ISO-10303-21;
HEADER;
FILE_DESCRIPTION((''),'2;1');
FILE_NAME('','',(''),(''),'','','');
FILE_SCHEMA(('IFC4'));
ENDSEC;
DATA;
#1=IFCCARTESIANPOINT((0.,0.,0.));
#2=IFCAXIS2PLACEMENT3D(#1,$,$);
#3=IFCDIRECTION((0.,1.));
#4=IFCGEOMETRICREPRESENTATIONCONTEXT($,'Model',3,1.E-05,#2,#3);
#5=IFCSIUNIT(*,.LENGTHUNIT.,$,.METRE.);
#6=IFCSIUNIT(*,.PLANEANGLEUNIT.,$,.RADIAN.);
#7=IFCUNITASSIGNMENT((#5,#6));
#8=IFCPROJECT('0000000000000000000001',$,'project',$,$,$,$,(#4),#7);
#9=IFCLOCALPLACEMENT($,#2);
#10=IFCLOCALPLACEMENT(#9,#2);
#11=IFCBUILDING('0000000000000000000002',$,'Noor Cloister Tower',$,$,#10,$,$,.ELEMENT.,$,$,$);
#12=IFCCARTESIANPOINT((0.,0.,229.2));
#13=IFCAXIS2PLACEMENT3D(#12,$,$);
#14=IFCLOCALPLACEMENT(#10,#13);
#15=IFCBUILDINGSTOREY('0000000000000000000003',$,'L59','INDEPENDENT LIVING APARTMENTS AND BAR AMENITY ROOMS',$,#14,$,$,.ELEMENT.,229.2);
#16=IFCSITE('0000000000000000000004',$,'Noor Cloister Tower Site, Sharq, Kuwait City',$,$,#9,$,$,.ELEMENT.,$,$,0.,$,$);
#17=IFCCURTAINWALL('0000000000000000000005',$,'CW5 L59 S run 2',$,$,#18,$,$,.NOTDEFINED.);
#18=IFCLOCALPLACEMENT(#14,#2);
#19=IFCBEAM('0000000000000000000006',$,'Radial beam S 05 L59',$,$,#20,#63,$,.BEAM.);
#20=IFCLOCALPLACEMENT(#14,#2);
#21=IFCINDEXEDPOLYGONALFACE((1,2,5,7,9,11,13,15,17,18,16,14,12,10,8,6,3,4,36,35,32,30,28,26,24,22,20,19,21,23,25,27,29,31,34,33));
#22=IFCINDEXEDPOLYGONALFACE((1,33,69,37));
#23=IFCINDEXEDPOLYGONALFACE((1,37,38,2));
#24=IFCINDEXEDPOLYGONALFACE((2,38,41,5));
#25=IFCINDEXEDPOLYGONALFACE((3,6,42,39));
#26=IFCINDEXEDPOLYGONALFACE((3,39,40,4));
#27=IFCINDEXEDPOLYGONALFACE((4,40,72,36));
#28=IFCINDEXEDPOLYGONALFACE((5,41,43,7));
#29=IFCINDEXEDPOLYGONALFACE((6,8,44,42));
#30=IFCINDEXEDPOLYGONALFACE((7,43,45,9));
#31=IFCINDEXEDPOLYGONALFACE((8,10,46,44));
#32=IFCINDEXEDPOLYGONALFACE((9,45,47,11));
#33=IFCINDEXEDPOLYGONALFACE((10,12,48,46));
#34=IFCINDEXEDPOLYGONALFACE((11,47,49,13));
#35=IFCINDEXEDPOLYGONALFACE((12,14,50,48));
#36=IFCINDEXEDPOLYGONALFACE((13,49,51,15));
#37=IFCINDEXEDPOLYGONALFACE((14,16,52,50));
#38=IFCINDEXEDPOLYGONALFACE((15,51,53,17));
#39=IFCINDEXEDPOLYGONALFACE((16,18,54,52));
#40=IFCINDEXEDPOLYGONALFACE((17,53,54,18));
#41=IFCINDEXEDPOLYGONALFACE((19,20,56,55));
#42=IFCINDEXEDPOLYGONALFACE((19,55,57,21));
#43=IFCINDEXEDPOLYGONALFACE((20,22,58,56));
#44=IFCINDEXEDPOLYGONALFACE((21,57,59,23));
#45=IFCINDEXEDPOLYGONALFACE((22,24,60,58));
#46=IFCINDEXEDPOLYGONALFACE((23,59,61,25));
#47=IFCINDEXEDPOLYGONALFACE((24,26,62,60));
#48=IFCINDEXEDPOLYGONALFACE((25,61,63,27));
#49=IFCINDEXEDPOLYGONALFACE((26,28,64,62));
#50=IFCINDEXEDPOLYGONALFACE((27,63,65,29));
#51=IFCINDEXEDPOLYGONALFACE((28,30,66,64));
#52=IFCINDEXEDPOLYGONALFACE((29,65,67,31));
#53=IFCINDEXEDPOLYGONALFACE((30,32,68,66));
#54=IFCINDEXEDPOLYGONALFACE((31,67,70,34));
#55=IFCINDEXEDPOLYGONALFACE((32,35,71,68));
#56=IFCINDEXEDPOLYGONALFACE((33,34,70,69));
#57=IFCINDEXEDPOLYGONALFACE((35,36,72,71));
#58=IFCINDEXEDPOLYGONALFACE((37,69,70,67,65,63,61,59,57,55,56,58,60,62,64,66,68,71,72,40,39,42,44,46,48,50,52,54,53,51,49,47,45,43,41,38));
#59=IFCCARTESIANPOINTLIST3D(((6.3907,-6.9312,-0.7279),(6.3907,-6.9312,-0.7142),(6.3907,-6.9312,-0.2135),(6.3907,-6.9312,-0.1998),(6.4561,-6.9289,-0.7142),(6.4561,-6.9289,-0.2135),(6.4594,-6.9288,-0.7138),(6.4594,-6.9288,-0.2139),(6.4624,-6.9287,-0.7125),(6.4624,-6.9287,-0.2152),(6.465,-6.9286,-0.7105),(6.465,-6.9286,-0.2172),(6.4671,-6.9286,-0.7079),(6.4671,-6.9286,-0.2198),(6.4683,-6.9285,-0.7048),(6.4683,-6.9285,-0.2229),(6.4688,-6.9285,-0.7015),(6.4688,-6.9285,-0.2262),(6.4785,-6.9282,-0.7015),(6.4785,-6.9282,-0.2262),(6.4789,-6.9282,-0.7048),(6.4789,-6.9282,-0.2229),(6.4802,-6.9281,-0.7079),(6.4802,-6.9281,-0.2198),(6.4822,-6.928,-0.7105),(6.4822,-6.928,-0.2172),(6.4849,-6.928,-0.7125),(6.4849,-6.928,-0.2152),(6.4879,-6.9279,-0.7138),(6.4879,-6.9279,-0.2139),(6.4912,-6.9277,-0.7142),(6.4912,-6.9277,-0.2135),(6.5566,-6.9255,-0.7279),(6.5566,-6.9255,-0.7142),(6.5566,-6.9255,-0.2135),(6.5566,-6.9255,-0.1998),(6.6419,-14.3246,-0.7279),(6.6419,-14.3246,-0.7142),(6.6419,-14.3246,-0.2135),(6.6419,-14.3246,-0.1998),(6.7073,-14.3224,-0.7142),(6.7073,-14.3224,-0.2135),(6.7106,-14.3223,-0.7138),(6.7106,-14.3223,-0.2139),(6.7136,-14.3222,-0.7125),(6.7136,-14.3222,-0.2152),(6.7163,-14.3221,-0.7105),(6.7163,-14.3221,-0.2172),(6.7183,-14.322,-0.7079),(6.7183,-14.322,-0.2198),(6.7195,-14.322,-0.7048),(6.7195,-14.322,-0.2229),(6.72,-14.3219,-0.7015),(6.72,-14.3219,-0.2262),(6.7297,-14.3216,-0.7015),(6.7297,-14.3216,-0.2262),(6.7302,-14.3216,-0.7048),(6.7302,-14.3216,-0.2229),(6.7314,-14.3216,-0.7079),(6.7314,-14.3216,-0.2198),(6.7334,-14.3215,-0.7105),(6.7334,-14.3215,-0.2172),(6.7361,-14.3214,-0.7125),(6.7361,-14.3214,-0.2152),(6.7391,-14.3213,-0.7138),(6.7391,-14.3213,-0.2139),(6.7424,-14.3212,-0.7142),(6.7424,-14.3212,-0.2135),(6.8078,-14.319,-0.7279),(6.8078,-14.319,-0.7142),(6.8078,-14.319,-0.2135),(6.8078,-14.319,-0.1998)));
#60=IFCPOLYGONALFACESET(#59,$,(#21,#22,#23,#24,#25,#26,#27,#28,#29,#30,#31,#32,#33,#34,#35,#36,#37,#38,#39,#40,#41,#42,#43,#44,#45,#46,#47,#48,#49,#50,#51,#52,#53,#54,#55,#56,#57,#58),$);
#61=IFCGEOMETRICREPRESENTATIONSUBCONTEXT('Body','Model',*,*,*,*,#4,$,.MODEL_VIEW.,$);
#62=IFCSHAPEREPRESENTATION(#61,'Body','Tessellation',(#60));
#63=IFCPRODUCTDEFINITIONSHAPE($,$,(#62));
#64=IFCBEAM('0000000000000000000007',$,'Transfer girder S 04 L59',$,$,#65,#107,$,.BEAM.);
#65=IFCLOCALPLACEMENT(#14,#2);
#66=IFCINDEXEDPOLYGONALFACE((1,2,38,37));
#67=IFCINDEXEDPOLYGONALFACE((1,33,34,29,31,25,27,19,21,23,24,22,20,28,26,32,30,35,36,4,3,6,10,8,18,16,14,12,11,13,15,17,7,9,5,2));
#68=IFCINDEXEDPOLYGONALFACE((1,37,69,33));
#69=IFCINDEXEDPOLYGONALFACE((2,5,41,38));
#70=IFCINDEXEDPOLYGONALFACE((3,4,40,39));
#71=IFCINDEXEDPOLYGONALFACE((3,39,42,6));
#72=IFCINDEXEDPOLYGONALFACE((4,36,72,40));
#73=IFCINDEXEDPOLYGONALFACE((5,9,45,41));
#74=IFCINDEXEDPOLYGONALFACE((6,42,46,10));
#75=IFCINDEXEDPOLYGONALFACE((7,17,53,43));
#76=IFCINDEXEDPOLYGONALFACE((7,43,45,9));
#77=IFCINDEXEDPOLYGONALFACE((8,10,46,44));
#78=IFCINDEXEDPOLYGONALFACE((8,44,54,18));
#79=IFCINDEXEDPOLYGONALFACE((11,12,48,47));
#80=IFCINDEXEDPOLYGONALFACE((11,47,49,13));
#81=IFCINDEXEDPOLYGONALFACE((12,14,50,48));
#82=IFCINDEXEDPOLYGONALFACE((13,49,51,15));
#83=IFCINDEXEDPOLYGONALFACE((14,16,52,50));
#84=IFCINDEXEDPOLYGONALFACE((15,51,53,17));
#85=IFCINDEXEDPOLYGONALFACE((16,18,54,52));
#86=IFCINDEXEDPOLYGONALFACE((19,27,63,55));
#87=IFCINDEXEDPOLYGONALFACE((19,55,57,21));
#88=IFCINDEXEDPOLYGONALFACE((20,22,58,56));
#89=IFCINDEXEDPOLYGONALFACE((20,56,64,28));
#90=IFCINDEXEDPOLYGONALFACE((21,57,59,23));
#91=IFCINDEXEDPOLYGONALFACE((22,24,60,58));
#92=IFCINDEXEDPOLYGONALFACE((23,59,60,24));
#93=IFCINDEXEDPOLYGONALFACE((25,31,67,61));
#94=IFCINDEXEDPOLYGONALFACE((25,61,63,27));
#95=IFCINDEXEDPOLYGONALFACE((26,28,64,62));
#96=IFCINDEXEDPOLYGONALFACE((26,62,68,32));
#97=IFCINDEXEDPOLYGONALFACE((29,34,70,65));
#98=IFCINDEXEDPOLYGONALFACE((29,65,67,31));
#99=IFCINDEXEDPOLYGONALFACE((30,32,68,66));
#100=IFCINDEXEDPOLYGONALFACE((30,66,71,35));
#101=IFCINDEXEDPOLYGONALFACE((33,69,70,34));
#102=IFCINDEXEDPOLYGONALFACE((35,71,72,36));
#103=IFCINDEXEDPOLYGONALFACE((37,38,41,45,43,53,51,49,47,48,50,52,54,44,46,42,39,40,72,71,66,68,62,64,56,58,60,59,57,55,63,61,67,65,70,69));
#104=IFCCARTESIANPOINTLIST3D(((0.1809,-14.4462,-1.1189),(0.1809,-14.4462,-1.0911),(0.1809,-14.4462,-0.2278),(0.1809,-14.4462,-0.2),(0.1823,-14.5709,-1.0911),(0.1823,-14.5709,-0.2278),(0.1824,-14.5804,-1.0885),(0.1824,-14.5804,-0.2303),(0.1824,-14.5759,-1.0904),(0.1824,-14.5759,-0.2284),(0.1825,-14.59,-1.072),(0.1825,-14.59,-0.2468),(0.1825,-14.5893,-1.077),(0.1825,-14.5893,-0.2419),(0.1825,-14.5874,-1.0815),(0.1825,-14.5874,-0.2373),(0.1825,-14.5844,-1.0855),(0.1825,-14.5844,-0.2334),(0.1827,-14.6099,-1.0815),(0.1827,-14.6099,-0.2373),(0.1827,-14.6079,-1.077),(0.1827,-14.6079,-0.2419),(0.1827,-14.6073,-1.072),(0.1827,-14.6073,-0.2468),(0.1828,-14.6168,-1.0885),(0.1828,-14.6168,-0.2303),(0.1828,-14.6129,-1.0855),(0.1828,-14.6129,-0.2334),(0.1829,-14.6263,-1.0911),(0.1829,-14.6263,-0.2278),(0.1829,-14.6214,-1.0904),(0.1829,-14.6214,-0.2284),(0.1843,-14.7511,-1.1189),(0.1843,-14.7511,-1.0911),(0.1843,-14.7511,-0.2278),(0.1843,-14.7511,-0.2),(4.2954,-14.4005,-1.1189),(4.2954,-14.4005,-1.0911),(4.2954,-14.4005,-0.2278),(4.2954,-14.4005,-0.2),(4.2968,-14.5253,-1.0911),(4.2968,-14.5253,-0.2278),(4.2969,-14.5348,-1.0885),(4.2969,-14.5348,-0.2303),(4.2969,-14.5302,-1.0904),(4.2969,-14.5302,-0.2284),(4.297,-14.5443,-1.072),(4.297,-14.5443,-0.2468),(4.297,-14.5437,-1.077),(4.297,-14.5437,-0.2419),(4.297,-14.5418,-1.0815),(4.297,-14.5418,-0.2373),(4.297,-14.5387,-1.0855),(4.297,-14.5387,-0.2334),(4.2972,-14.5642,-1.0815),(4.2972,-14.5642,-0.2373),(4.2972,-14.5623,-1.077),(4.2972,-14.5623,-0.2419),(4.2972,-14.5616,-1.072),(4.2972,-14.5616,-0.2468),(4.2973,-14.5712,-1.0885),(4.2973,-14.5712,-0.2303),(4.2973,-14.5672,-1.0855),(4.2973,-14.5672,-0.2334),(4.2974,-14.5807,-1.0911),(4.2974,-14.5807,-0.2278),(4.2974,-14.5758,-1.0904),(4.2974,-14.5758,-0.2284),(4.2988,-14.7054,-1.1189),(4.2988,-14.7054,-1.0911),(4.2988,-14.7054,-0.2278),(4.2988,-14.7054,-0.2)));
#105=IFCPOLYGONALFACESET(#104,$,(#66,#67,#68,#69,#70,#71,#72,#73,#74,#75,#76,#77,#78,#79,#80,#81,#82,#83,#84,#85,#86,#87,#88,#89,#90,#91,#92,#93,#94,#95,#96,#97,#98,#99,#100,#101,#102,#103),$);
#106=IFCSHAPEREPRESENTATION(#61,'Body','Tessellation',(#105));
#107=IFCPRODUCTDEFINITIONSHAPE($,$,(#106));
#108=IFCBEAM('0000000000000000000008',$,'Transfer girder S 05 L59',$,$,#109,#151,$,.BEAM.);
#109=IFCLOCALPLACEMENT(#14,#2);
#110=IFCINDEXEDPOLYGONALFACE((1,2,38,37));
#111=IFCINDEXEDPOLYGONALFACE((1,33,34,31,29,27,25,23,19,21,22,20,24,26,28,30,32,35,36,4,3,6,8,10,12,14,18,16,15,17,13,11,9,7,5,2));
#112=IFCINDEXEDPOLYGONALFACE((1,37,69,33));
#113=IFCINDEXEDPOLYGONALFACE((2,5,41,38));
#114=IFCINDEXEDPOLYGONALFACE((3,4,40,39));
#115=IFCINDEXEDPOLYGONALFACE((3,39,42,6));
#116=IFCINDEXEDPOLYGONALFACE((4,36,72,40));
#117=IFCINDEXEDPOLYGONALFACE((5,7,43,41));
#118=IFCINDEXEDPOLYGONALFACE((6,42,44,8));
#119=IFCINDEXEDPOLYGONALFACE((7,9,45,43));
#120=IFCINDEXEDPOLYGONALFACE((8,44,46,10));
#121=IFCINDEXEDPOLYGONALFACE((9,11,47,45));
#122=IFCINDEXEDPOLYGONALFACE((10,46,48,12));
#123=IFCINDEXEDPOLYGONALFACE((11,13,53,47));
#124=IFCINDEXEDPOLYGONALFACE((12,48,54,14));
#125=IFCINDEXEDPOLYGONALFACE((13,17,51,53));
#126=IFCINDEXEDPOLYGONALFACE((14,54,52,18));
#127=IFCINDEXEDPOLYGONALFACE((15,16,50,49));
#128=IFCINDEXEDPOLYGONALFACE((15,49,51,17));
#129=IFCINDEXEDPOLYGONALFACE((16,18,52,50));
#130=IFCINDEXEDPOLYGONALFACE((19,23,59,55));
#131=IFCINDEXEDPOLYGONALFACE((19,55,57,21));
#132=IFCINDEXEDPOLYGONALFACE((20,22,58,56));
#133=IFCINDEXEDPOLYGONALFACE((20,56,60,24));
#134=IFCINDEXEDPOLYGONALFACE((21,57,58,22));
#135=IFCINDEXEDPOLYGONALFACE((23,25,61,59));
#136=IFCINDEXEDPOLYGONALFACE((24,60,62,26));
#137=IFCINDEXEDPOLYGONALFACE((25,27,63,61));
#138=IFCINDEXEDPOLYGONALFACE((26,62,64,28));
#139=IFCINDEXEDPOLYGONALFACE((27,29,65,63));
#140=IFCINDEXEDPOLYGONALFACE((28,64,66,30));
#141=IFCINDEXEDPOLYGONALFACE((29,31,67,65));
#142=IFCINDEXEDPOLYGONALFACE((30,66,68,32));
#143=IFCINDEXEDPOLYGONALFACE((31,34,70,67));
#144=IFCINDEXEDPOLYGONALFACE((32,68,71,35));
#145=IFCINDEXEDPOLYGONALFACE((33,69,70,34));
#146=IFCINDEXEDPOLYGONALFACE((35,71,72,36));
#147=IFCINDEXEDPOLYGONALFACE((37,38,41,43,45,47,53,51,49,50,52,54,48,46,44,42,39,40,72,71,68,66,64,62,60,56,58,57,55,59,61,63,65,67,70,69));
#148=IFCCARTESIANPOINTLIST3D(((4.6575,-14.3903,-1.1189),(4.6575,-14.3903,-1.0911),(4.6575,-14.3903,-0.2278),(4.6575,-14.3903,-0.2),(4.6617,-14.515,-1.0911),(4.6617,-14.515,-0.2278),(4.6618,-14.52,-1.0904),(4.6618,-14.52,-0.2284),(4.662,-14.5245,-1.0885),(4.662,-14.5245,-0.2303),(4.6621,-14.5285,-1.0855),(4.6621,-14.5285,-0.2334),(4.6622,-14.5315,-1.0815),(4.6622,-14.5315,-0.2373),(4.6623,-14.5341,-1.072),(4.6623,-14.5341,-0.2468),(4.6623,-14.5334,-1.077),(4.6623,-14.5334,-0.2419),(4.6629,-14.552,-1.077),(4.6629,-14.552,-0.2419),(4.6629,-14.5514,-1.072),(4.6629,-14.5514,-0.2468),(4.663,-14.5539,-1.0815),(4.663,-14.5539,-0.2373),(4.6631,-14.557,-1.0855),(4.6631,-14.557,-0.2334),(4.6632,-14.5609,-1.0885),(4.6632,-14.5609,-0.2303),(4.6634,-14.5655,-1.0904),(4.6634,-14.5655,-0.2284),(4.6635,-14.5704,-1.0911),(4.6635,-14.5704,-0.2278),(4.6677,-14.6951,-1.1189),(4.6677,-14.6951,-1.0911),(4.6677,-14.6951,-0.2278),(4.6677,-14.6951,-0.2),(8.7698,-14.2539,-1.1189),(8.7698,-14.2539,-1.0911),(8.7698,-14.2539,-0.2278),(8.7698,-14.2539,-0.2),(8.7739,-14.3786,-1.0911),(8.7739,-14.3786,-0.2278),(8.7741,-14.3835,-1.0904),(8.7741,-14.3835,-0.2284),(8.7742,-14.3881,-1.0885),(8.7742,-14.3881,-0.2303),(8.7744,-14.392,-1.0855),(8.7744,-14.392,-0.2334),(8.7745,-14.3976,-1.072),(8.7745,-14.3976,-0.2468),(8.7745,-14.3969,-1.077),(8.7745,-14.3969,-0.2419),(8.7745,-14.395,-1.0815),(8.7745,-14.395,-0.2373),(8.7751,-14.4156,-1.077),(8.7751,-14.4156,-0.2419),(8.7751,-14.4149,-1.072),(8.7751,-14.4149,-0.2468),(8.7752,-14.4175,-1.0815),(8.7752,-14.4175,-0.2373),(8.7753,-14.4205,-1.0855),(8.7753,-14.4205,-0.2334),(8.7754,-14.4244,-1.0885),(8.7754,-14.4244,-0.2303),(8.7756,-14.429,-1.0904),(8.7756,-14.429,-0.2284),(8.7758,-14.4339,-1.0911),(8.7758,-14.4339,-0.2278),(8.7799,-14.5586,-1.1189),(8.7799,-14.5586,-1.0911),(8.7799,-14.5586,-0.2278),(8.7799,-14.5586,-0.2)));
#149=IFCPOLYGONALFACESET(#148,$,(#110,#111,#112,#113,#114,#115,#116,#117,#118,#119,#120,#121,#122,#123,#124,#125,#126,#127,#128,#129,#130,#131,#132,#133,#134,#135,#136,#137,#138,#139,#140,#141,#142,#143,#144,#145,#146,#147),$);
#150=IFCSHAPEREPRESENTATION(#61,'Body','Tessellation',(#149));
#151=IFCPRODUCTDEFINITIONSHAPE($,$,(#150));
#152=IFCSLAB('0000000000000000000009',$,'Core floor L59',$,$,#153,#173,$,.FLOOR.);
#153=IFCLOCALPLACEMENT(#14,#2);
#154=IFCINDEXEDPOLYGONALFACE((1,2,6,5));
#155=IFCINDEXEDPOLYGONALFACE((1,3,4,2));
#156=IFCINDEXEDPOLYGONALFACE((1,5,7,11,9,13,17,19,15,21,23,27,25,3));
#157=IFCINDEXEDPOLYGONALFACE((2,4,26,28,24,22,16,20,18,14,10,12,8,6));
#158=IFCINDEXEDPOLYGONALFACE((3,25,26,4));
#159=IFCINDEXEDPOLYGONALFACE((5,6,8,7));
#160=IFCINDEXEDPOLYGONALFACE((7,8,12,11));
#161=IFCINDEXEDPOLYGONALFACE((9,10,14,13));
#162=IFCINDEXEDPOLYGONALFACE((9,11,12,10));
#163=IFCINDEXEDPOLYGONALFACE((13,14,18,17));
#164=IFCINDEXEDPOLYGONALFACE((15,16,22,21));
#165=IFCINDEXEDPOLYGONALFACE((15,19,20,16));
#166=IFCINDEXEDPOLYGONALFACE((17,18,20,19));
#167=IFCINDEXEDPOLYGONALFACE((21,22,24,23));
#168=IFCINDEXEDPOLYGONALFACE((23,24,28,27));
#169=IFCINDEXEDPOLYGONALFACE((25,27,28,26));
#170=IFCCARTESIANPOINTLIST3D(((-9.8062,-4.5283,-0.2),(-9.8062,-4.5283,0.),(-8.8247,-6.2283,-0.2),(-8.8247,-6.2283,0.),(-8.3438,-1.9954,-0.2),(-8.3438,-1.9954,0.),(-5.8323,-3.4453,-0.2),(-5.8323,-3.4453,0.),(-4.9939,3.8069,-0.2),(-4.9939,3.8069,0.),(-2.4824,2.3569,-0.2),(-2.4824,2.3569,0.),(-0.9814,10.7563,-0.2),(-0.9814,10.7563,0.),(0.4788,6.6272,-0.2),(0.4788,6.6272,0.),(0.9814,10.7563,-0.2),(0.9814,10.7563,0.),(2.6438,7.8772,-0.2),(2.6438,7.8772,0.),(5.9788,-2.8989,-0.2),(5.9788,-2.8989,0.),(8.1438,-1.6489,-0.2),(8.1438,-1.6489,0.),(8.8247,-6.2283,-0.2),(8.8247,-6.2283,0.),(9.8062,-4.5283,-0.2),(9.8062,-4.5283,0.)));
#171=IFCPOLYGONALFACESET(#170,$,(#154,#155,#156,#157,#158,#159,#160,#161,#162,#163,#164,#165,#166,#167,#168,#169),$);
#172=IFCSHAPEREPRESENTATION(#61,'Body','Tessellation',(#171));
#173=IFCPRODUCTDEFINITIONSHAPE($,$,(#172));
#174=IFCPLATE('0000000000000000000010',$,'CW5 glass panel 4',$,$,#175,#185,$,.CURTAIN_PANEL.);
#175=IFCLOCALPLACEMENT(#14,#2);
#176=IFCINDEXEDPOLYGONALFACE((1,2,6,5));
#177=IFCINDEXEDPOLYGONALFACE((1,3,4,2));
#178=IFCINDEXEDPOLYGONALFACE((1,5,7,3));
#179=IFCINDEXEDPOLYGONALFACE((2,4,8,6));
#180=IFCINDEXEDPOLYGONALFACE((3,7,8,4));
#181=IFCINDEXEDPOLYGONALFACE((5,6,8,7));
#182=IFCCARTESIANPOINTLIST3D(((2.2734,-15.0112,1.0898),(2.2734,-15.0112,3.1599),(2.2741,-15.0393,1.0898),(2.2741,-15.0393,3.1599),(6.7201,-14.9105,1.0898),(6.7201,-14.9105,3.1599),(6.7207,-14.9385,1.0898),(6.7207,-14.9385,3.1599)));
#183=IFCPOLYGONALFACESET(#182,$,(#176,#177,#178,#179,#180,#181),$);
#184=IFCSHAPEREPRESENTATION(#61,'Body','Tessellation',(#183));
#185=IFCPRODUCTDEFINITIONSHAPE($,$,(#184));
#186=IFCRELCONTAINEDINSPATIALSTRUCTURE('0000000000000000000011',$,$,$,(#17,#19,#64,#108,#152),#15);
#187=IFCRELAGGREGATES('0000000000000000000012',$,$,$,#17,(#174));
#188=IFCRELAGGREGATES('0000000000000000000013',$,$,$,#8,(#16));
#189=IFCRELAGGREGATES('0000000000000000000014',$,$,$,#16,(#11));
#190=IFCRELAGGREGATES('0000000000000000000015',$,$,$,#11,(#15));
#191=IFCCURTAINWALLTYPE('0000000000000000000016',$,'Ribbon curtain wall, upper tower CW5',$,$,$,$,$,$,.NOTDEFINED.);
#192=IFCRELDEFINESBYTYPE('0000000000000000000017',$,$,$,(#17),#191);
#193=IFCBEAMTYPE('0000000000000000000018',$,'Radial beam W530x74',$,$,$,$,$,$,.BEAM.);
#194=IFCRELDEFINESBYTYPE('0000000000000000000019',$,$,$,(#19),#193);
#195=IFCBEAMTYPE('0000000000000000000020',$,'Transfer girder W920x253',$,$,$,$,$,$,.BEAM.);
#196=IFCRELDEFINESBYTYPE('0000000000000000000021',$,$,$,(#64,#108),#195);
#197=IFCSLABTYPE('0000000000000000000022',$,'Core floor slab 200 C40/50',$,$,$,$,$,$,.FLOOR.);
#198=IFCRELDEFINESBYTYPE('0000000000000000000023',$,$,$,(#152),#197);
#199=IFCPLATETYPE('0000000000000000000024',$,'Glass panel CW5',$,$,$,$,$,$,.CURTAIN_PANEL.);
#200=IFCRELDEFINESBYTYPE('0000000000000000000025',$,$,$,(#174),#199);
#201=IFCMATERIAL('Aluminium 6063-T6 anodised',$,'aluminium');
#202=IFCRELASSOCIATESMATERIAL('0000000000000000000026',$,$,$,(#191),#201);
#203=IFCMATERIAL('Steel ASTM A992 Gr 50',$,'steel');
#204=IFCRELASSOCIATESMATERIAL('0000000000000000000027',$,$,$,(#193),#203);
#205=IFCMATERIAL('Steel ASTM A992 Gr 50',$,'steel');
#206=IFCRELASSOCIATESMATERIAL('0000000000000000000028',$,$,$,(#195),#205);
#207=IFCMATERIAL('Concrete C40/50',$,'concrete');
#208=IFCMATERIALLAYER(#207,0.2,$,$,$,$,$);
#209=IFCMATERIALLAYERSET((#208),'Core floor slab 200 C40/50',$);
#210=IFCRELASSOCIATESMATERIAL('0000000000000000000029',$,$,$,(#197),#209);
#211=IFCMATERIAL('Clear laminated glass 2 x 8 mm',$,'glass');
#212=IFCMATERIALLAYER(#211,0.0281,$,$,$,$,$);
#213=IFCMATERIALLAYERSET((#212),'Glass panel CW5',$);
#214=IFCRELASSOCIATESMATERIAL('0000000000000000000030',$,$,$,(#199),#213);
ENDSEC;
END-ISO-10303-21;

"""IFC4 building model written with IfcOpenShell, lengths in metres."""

from ifc_helpers import new_model, si_unit, direction, frame, origin, origin_2d, place, context, subcontext, project, spatial, polyline, rectangle, i_section, outline, extrude, material, layer, layer_set, material_profile, profile_set, type_object, element, aggregate, save


model = new_model("IFC4")

# Units and contexts
model_context = context("Model", 3, precision=1e-05, world=origin(), true_north=direction((0.0, 1.0)))
body_context = subcontext(model_context, "Body", "Model", "MODEL_VIEW")
ifc_project = project(units=[si_unit("LENGTHUNIT", "METRE"), si_unit("PLANEANGLEUNIT", "RADIAN")], contexts=[model_context])

# Site, building, storey
site_placement = place(None, origin())
site = spatial("IfcSite", under=ifc_project, at=site_placement, Name="Noor Cloister Tower Site, Sharq, Kuwait City", CompositionType="ELEMENT", RefElevation=0.0)
building_placement = place(site_placement, origin())
building = spatial("IfcBuilding", under=site, at=building_placement, Name="Noor Cloister Tower", CompositionType="ELEMENT")
storey_placement = place(building_placement, frame((0.0, 0.0, 229.2)))
storey = spatial("IfcBuildingStorey", under=building, at=storey_placement, Name="L59", Description="INDEPENDENT LIVING APARTMENTS AND BAR AMENITY ROOMS", CompositionType="ELEMENT", Elevation=229.2)

# Curtain wall
ifc_material_1 = material(Name="Aluminium 6063-T6 anodised", Category="aluminium")
curtain_wall_type = type_object("IfcCurtainWallType", Name="Ribbon curtain wall, upper tower CW5", PredefinedType="NOTDEFINED", material=ifc_material_1)
curtain_wall_placement = place(storey_placement, origin())
curtain_wall = element("IfcCurtainWall", 1, at=curtain_wall_placement, inside=storey, type_object=curtain_wall_type, Name="CW5 L59 S run 2", PredefinedType="NOTDEFINED")

# Beams
ifc_material_2 = material(Name="Steel ASTM A992 Gr 50", Category="steel")
ifc_material_profile_1 = material_profile(ifc_material_2, i_section(OverallWidth=0.166, OverallDepth=0.5281, WebThickness=0.0098, FlangeThickness=0.0137, FilletRadius=0.0127, at=origin_2d()), Name="W530x74")
ifc_profile_set_1 = profile_set([ifc_material_profile_1], Name="Steel ASTM A992 Gr 50")
beam_type_1 = type_object("IfcBeamType", Name="Radial beam W530x74", PredefinedType="BEAM", material=ifc_profile_set_1)
beam_1_placement = place(storey_placement, frame((6.7249, -14.3218, -0.4639), z_axis=(-0.033959, 0.999423, 0.0), x_axis=(-0.999423, -0.033959, 0.0)))
element("IfcBeam", 2, at=beam_1_placement, inside=storey, type_object=beam_type_1, Name="Radial beam S 05 L59", PredefinedType="BEAM", context=body_context, shape_type="SweptSolid", body=[
    extrude(i_section(OverallWidth=0.166, OverallDepth=0.5281, WebThickness=0.0098, FlangeThickness=0.0137, FilletRadius=0.0127, at=origin_2d()), origin(), (0.0, 0.0, 1.0), 7.3977),
])
ifc_material_3 = material(Name="Steel ASTM A992 Gr 50", Category="steel")
ifc_material_profile_2 = material_profile(ifc_material_3, i_section(OverallWidth=0.3049, OverallDepth=0.9189, WebThickness=0.0173, FlangeThickness=0.0278, FilletRadius=0.019, at=origin_2d()), Name="W920x253")
ifc_profile_set_2 = profile_set([ifc_material_profile_2], Name="Steel ASTM A992 Gr 50")
beam_type_2 = type_object("IfcBeamType", Name="Transfer girder W920x253", PredefinedType="BEAM", material=ifc_profile_set_2)
beam_2_placement = place(storey_placement, frame((0.1826, -14.5986, -0.6594), z_axis=(0.999938, 0.011095, 0.0), x_axis=(-0.011095, 0.999938, 0.0)))
element("IfcBeam", 3, at=beam_2_placement, inside=storey, type_object=beam_type_2, Name="Transfer girder S 04 L59", PredefinedType="BEAM", context=body_context, shape_type="SweptSolid", body=[
    extrude(i_section(OverallWidth=0.3049, OverallDepth=0.9189, WebThickness=0.0173, FlangeThickness=0.0278, FilletRadius=0.019, at=origin_2d()), origin(), (0.0, 0.0, 1.0), 4.1147),
])
beam_3_placement = place(storey_placement, frame((4.6626, -14.5427, -0.6594), z_axis=(0.99945, 0.033169, 0.0), x_axis=(-0.033169, 0.99945, 0.0)))
element("IfcBeam", 4, at=beam_3_placement, inside=storey, type_object=beam_type_2, Name="Transfer girder S 05 L59", PredefinedType="BEAM", context=body_context, shape_type="SweptSolid", body=[
    extrude(i_section(OverallWidth=0.3049, OverallDepth=0.9189, WebThickness=0.0173, FlangeThickness=0.0278, FilletRadius=0.019, at=origin_2d()), origin(), (0.0, 0.0, 1.0), 4.1145),
])

# Slab
ifc_material_4 = material(Name="Concrete C40/50", Category="concrete")
ifc_layer_1 = layer(ifc_material_4, 0.2)
ifc_layer_set_1 = layer_set([ifc_layer_1], Name="Core floor slab 200 C40/50")
slab_type_1 = type_object("IfcSlabType", Name="Core floor slab 200 C40/50", PredefinedType="FLOOR", material=ifc_layer_set_1)
slab_1_placement = place(storey_placement, frame((0.0, 0.0, -0.2)))
element("IfcSlab", 5, at=slab_1_placement, inside=storey, type_object=slab_type_1, Name="Core floor L59", PredefinedType="FLOOR", context=body_context, shape_type="SweptSolid", body=[
    extrude(outline(polyline([(2.6438, 7.8772), (0.9814, 10.7563), (-0.9814, 10.7563), (-4.9939, 3.8069), (-2.4824, 2.3569), (-5.8323, -3.4453), (-8.3438, -1.9954), (-9.8062, -4.5283), (-8.8247, -6.2283), (8.8247, -6.2283), (9.8062, -4.5283), (8.1438, -1.6489), (5.9788, -2.8989), (0.4788, 6.6272), (2.6438, 7.8772)])), origin(), (0.0, 0.0, 1.0), 0.2),
])

# Plate
ifc_material_5 = material(Name="Clear laminated glass 2 x 8 mm", Category="glass")
ifc_layer_2 = layer(ifc_material_5, 0.0281)
ifc_layer_set_2 = layer_set([ifc_layer_2], Name="Glass panel CW5")
plate_type = type_object("IfcPlateType", Name="Glass panel CW5", PredefinedType="CURTAIN_PANEL", material=ifc_layer_set_2)
plate_placement = place(storey_placement, frame((4.4971, -14.9749, 1.0898), z_axis=(0.0, 0.0, 1.0), x_axis=(0.999743, 0.022649, 0.0)))
plate = element("IfcPlate", 6, at=plate_placement, type_object=plate_type, Name="CW5 glass panel 4", PredefinedType="CURTAIN_PANEL", context=body_context, shape_type="SweptSolid", body=[
    extrude(rectangle(XDim=4.4478, YDim=0.0281, at=origin_2d()), origin(), (0.0, 0.0, 1.0), 2.0701),
])
aggregate(curtain_wall, [plate])

save(model, "model.ifc")
